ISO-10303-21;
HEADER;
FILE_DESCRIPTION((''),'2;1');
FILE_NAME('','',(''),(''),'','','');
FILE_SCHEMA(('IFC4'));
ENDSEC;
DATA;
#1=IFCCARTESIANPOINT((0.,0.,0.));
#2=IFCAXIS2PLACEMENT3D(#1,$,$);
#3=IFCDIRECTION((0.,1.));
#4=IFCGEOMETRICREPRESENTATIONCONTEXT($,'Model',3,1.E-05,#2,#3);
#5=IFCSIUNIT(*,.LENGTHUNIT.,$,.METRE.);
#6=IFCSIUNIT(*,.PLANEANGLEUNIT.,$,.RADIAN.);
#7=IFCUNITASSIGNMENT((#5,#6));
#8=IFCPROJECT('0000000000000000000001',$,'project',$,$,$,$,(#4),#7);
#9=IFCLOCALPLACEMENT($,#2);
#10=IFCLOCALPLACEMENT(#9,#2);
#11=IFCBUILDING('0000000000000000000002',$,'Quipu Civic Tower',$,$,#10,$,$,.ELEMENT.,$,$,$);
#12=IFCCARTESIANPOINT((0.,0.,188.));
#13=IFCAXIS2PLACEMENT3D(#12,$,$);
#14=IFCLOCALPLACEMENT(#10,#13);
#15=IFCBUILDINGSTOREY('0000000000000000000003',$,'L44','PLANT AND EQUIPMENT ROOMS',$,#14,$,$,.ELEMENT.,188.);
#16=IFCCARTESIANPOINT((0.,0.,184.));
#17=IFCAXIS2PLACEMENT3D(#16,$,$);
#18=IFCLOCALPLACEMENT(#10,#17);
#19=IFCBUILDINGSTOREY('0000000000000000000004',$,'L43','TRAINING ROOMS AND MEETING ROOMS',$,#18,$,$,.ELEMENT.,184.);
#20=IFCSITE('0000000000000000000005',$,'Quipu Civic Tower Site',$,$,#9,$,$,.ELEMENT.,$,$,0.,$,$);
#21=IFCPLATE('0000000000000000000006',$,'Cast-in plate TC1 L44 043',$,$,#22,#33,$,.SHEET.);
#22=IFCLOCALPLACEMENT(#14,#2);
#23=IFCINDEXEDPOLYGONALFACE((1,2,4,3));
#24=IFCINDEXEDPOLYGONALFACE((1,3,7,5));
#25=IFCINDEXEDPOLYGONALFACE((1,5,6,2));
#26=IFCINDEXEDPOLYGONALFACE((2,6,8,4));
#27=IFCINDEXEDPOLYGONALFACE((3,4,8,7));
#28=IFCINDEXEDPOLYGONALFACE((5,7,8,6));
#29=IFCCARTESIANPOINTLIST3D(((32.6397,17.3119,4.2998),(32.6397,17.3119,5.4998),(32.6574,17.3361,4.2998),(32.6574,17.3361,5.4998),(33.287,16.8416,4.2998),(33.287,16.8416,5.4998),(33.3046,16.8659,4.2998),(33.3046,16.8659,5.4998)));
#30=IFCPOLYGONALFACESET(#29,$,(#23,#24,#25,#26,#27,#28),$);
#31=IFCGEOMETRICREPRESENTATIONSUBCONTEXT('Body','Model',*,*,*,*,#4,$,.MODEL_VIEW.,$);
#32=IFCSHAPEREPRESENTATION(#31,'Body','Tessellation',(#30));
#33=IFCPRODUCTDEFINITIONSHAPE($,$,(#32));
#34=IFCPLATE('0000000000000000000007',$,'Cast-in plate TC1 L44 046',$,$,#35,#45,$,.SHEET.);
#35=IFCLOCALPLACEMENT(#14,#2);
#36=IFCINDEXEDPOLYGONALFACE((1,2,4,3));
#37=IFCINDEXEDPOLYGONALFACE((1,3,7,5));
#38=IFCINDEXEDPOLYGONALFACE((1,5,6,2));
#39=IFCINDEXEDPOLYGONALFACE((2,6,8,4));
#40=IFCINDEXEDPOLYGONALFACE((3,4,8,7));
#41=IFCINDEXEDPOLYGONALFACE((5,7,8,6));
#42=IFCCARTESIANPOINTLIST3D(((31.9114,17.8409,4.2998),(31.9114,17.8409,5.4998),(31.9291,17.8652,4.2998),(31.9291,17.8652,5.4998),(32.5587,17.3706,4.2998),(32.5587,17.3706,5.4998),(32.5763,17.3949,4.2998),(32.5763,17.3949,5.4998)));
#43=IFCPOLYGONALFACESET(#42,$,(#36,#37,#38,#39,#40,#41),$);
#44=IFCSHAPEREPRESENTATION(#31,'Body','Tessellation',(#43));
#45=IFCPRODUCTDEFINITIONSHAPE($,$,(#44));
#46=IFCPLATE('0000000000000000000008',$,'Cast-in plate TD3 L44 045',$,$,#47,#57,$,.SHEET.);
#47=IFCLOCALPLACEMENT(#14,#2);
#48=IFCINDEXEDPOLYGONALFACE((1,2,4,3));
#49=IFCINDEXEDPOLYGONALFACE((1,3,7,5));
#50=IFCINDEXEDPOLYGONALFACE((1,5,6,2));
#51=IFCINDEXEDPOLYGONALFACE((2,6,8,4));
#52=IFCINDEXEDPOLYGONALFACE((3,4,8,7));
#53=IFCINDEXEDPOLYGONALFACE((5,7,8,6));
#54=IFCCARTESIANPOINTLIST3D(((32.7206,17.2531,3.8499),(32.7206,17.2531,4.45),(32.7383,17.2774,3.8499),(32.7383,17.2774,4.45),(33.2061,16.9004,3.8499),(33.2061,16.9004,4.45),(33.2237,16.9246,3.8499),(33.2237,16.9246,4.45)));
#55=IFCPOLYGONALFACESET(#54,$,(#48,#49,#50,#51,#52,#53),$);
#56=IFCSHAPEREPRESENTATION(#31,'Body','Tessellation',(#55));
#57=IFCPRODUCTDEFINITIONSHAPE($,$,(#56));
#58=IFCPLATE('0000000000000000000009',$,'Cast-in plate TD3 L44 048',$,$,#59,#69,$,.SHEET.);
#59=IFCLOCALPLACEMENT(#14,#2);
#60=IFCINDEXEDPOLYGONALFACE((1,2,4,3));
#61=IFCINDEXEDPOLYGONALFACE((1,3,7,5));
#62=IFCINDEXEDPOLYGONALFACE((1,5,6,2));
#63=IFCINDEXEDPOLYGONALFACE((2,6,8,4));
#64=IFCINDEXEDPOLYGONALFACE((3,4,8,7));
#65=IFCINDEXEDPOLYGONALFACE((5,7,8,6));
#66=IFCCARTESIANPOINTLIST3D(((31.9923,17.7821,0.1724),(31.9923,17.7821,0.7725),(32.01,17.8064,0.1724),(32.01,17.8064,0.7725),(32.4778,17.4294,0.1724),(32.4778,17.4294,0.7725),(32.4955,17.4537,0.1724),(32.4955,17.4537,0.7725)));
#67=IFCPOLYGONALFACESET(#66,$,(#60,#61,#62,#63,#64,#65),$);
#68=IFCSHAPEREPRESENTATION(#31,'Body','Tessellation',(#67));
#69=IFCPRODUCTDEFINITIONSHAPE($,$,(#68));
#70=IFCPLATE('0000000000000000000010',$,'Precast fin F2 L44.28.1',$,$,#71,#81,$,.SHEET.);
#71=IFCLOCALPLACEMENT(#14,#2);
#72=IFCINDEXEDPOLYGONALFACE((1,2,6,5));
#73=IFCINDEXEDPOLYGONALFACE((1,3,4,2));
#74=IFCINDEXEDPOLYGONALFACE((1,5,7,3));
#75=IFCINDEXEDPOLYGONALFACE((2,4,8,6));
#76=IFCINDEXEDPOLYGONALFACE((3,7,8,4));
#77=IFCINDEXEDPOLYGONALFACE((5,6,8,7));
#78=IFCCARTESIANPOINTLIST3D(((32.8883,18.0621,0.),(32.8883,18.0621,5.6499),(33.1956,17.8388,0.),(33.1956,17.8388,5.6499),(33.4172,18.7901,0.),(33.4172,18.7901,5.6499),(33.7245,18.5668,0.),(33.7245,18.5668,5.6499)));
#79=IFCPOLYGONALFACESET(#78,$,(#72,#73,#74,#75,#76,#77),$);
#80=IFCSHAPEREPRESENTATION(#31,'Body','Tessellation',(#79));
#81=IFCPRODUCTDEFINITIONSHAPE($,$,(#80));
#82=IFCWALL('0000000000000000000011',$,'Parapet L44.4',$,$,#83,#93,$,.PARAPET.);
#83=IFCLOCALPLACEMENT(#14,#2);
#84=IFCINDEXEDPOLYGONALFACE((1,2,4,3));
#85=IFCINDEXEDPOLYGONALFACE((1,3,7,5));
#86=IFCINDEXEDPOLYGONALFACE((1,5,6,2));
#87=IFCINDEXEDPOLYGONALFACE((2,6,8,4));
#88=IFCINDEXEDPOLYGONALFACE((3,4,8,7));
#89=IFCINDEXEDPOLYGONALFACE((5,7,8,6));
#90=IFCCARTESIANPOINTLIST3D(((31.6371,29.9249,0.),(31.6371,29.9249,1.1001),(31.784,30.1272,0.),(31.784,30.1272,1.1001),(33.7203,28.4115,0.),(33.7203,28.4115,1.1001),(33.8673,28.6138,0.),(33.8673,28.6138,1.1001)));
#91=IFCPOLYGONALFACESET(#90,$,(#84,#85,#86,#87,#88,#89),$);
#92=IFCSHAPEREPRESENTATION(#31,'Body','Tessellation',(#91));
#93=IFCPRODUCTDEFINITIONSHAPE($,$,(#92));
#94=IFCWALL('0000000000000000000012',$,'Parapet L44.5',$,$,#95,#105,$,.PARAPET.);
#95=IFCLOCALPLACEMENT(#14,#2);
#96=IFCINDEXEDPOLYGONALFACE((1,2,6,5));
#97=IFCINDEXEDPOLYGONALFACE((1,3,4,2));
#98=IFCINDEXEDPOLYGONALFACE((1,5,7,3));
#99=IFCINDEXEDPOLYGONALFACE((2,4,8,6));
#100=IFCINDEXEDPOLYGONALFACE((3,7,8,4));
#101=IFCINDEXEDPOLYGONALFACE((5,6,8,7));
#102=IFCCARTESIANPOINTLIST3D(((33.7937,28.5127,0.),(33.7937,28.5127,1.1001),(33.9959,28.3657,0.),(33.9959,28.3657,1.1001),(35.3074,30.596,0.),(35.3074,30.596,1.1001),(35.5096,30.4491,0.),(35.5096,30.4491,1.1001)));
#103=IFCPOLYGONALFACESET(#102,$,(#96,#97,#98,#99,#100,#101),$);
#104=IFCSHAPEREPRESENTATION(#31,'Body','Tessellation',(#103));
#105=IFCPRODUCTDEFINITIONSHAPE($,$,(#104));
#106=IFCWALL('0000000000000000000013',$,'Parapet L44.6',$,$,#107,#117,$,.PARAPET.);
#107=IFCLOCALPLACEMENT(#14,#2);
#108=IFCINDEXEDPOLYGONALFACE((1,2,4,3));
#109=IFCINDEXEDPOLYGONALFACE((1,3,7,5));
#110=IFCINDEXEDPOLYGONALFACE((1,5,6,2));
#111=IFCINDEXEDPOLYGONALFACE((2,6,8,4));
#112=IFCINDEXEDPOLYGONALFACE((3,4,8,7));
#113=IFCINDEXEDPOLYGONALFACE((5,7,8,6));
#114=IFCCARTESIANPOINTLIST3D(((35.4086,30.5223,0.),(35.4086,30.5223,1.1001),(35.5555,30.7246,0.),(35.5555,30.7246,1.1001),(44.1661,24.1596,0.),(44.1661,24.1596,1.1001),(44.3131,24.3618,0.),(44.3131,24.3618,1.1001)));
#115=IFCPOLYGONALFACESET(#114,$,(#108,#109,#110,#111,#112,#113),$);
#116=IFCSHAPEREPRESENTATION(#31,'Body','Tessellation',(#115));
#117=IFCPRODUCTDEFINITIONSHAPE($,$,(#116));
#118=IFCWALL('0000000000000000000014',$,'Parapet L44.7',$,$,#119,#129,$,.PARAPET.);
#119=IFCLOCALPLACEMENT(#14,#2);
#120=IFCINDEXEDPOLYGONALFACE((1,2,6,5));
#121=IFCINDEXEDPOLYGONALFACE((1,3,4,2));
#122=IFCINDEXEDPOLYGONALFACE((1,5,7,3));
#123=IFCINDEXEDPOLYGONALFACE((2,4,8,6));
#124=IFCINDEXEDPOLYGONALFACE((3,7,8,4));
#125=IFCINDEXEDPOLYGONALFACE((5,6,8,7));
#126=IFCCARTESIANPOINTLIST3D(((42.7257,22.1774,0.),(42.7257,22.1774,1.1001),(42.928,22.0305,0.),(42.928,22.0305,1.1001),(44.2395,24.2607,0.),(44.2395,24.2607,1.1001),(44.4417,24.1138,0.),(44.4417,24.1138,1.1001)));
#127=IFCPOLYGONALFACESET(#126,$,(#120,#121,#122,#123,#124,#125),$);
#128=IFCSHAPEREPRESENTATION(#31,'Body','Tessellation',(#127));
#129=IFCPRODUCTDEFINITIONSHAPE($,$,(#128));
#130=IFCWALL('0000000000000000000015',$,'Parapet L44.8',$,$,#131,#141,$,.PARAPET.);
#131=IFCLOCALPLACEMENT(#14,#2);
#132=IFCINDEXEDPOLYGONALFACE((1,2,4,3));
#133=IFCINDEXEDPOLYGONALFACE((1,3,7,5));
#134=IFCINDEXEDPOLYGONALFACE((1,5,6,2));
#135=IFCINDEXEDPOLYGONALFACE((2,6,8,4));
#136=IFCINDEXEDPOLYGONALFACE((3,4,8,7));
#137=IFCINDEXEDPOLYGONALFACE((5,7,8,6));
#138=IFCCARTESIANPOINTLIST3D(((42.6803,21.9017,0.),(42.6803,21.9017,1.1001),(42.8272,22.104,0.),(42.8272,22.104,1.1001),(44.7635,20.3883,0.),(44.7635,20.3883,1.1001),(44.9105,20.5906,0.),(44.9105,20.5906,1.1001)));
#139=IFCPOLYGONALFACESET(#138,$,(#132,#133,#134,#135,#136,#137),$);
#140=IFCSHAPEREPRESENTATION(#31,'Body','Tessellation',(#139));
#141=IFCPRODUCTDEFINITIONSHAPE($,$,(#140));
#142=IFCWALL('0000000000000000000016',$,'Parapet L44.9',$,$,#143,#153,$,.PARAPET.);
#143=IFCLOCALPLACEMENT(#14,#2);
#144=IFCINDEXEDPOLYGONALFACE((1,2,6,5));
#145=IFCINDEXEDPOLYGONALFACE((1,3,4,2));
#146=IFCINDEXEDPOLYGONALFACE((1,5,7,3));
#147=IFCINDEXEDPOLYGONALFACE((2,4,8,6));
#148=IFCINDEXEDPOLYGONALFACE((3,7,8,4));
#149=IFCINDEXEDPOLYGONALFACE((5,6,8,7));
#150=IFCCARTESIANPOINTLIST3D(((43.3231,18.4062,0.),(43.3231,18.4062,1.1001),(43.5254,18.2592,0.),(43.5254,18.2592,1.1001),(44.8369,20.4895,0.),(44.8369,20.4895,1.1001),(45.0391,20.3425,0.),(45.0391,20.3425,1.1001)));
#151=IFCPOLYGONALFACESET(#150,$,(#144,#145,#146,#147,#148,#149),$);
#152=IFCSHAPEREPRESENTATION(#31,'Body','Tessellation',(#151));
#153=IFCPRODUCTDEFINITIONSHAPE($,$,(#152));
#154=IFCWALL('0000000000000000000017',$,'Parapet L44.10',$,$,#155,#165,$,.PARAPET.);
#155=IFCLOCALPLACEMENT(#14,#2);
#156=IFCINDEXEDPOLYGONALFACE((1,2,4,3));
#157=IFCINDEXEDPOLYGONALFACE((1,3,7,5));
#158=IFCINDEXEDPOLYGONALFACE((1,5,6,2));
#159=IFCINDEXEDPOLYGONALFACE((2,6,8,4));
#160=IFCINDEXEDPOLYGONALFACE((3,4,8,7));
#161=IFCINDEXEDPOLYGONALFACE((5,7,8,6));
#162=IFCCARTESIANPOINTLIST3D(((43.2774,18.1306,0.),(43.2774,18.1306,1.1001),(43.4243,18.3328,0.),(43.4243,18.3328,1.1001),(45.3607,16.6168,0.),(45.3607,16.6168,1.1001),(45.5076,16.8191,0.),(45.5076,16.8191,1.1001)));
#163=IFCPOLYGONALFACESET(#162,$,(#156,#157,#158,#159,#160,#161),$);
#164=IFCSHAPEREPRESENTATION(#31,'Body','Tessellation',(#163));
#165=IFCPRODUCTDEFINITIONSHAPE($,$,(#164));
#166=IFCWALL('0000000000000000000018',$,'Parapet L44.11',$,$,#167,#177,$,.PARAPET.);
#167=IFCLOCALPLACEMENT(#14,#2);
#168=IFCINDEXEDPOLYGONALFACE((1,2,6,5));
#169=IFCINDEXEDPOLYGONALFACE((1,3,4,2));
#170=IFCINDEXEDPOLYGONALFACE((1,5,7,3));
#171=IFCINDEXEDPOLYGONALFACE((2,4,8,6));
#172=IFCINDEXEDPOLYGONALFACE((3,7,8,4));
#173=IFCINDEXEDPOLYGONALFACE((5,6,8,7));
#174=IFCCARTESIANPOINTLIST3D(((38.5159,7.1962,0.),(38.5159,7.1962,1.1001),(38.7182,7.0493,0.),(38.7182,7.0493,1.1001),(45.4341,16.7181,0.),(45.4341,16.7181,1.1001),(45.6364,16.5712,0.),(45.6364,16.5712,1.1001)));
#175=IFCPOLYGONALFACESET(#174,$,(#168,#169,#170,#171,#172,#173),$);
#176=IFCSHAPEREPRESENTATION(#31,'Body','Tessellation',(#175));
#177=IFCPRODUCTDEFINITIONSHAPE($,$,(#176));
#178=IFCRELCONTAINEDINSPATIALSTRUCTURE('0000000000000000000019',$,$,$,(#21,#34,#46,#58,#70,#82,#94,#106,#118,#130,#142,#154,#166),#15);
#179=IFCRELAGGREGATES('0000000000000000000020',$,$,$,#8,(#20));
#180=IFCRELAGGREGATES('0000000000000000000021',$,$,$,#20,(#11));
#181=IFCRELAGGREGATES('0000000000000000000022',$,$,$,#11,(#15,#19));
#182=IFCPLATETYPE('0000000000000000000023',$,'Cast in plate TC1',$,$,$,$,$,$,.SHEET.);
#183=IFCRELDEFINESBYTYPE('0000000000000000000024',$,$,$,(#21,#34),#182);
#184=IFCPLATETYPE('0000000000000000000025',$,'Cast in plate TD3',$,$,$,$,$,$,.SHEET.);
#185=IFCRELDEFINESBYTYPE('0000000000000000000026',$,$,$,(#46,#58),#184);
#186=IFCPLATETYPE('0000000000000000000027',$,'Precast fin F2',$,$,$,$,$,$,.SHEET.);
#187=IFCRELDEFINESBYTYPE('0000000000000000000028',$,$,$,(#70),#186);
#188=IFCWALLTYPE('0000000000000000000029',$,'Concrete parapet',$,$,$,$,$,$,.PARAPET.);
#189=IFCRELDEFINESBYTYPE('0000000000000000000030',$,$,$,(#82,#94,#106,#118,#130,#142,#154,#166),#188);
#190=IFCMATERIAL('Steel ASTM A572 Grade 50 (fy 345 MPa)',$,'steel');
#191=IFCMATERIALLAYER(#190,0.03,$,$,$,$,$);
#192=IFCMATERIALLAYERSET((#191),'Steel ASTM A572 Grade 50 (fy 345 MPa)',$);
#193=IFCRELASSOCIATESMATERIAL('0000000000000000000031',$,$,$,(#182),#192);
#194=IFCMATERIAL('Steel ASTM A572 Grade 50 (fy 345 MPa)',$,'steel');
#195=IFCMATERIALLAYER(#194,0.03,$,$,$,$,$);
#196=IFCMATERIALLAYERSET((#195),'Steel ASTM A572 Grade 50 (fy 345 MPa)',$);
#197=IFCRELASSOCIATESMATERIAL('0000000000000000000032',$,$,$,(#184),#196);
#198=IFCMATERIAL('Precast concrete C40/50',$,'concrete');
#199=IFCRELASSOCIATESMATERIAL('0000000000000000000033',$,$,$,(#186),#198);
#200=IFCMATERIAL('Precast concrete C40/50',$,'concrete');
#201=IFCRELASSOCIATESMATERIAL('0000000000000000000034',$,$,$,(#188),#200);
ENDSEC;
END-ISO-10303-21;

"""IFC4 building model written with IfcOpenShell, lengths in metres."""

from ifc_helpers import new_model, si_unit, direction, frame, frame_2d, origin, origin_2d, place, context, subcontext, project, spatial, rectangle, extrude, material, layer, layer_set, type_object, element, save


model = new_model("IFC4")

# Units and contexts
model_context = context("Model", 3, precision=1e-05, world=origin(), true_north=direction((0.0, 1.0)))
body_context = subcontext(model_context, "Body", "Model", "MODEL_VIEW")
ifc_project = project(units=[si_unit("LENGTHUNIT", "METRE"), si_unit("PLANEANGLEUNIT", "RADIAN")], contexts=[model_context])

# Site, building, storey
site_placement = place(None, origin())
site = spatial("IfcSite", under=ifc_project, at=site_placement, Name="Quipu Civic Tower Site", CompositionType="ELEMENT", RefElevation=0.0)
building_placement = place(site_placement, origin())
building = spatial("IfcBuilding", under=site, at=building_placement, Name="Quipu Civic Tower", CompositionType="ELEMENT")
storey_1_placement = place(building_placement, frame((0.0, 0.0, 188.0)))
storey_1 = spatial("IfcBuildingStorey", under=building, at=storey_1_placement, Name="L44", Description="PLANT AND EQUIPMENT ROOMS", CompositionType="ELEMENT", Elevation=188.0)

# Shared definitions
storey_2_placement = place(building_placement, frame((0.0, 0.0, 184.0)))
storey_2 = spatial("IfcBuildingStorey", under=building, at=storey_2_placement, Name="L43", Description="TRAINING ROOMS AND MEETING ROOMS", CompositionType="ELEMENT", Elevation=184.0)

# Plates
ifc_material_1 = material(Name="Steel ASTM A572 Grade 50 (fy 345 MPa)", Category="steel")
ifc_layer_1 = layer(ifc_material_1, 0.03)
ifc_layer_set_1 = layer_set([ifc_layer_1], Name="Steel ASTM A572 Grade 50 (fy 345 MPa)")
plate_type_1 = type_object("IfcPlateType", Name="Cast in plate TC1", PredefinedType="SHEET", material=ifc_layer_set_1)
for number, where, z_axis, x_axis, name in (
    (1, (32.9722, 17.0889, 4.2998), (0.0, 0.0, 1.0), (0.809007, -0.587799, 0.0), "Cast-in plate TC1 L44 043"),
    (2, (32.2439, 17.6179, 4.2998), (0.0, 0.0, 1.0), (0.809007, -0.587799, 0.0), "Cast-in plate TC1 L44 046"),
):
    element("IfcPlate", number, at=place(storey_1_placement, frame(where, z_axis=z_axis, x_axis=x_axis)), inside=storey_1, type_object=plate_type_1, Name=name, PredefinedType="SHEET", context=body_context, shape_type="SweptSolid", body=[
        extrude(rectangle(XDim=0.8, YDim=0.03, at=origin_2d()), origin(), (0.0, 0.0, 1.0), 1.2),
    ])
ifc_material_2 = material(Name="Steel ASTM A572 Grade 50 (fy 345 MPa)", Category="steel")
ifc_layer_2 = layer(ifc_material_2, 0.03)
ifc_layer_set_2 = layer_set([ifc_layer_2], Name="Steel ASTM A572 Grade 50 (fy 345 MPa)")
plate_type_2 = type_object("IfcPlateType", Name="Cast in plate TD3", PredefinedType="SHEET", material=ifc_layer_set_2)
for number, where, z_axis, x_axis, name in (
    (3, (32.9722, 17.0889, 3.8499), (0.0, 0.0, 1.0), (0.809007, -0.587799, 0.0), "Cast-in plate TD3 L44 045"),
    (4, (32.2439, 17.6179, 0.1724), (0.0, 0.0, 1.0), (0.809007, -0.587799, 0.0), "Cast-in plate TD3 L44 048"),
):
    element("IfcPlate", number, at=place(storey_1_placement, frame(where, z_axis=z_axis, x_axis=x_axis)), inside=storey_1, type_object=plate_type_2, Name=name, PredefinedType="SHEET", context=body_context, shape_type="SweptSolid", body=[
        extrude(rectangle(XDim=0.6001, YDim=0.03, at=origin_2d()), origin(), (0.0, 0.0, 1.0), 0.6001),
    ])
ifc_material_3 = material(Name="Precast concrete C40/50", Category="concrete")
plate_type_3 = type_object("IfcPlateType", Name="Precast fin F2", PredefinedType="SHEET", material=ifc_material_3)
plate_placement = place(storey_1_placement, frame((33.3064, 18.3145, 0.0), z_axis=(0.0, 0.0, 1.0), x_axis=(-0.809017, 0.587785, 0.0)))
element("IfcPlate", 5, at=plate_placement, inside=storey_1, type_object=plate_type_3, Name="Precast fin F2 L44.28.1", PredefinedType="SHEET", context=body_context, shape_type="SweptSolid", body=[
    extrude(rectangle(XDim=0.3799, YDim=0.8999, at=origin_2d()), origin(), (0.0, 0.0, 1.0), 5.6499),
])

# Walls
ifc_material_4 = material(Name="Precast concrete C40/50", Category="concrete")
wall_type_1 = type_object("IfcWallType", Name="Concrete parapet", PredefinedType="PARAPET", material=ifc_material_4)
wall_1_placement = place(storey_1_placement, frame((31.7104, 30.0261, 0.0), z_axis=(0.0, 0.0, 1.0), x_axis=(0.809043, -0.587749, 0.0)))
element("IfcWall", 6, at=wall_1_placement, inside=storey_1, type_object=wall_type_1, Name="Parapet L44.4", PredefinedType="PARAPET", context=body_context, shape_type="SweptSolid", body=[
    extrude(rectangle(XDim=2.575, YDim=0.25, at=frame_2d((1.2876, 0.0))), origin(), (0.0, 0.0, 1.0), 1.1001),
])
wall_2_placement = place(storey_1_placement, frame((33.8948, 28.4392, 0.0), z_axis=(0.0, 0.0, 1.0), x_axis=(0.587811, 0.808998, 0.0)))
element("IfcWall", 7, at=wall_2_placement, inside=storey_1, type_object=wall_type_1, Name="Parapet L44.5", PredefinedType="PARAPET", context=body_context, shape_type="SweptSolid", body=[
    extrude(rectangle(XDim=2.5752, YDim=0.25, at=frame_2d((1.2876, 0.0))), origin(), (0.0, 0.0, 1.0), 1.1001),
])
wall_3_placement = place(storey_1_placement, frame((35.4819, 30.6235, 0.0), z_axis=(0.0, 0.0, 1.0), x_axis=(0.809015, -0.587788, 0.0)))
element("IfcWall", 8, at=wall_3_placement, inside=storey_1, type_object=wall_type_1, Name="Parapet L44.6", PredefinedType="PARAPET", context=body_context, shape_type="SweptSolid", body=[
    extrude(rectangle(XDim=10.825, YDim=0.25, at=frame_2d((5.4126, 0.0))), origin(), (0.0, 0.0, 1.0), 1.1001),
])
wall_4_placement = place(storey_1_placement, frame((44.3406, 24.1873, 0.0), z_axis=(0.0, 0.0, 1.0), x_axis=(-0.587811, -0.808998, 0.0)))
element("IfcWall", 9, at=wall_4_placement, inside=storey_1, type_object=wall_type_1, Name="Parapet L44.7", PredefinedType="PARAPET", context=body_context, shape_type="SweptSolid", body=[
    extrude(rectangle(XDim=2.5752, YDim=0.25, at=frame_2d((1.2876, 0.0))), origin(), (0.0, 0.0, 1.0), 1.1001),
])
wall_5_placement = place(storey_1_placement, frame((42.7537, 22.0029, 0.0), z_axis=(0.0, 0.0, 1.0), x_axis=(0.809043, -0.587749, 0.0)))
element("IfcWall", 10, at=wall_5_placement, inside=storey_1, type_object=wall_type_1, Name="Parapet L44.8", PredefinedType="PARAPET", context=body_context, shape_type="SweptSolid", body=[
    extrude(rectangle(XDim=2.575, YDim=0.25, at=frame_2d((1.2876, 0.0))), origin(), (0.0, 0.0, 1.0), 1.1001),
])
for number, where, z_axis, x_axis, name in (
    (11, (44.938, 20.416, 0.0), (0.0, 0.0, 1.0), (-0.587811, -0.808998, 0.0), "Parapet L44.9"),
    (12, (43.3508, 18.2317, 0.0), (0.0, 0.0, 1.0), (0.808998, -0.587811, 0.0), "Parapet L44.10"),
):
    element("IfcWall", number, at=place(storey_1_placement, frame(where, z_axis=z_axis, x_axis=x_axis)), inside=storey_1, type_object=wall_type_1, Name=name, PredefinedType="PARAPET", context=body_context, shape_type="SweptSolid", body=[
        extrude(rectangle(XDim=2.5752, YDim=0.25, at=frame_2d((1.2876, 0.0))), origin(), (0.0, 0.0, 1.0), 1.1001),
    ])
wall_6_placement = place(storey_1_placement, frame((45.5352, 16.6445, 0.0), z_axis=(0.0, 0.0, 1.0), x_axis=(-0.587791, -0.809013, 0.0)))
element("IfcWall", 13, at=wall_6_placement, inside=storey_1, type_object=wall_type_1, Name="Parapet L44.11", PredefinedType="PARAPET", context=body_context, shape_type="SweptSolid", body=[
    extrude(rectangle(XDim=11.7698, YDim=0.25, at=frame_2d((5.8848, 0.0))), origin(), (0.0, 0.0, 1.0), 1.1001),
])

save(model, "model.ifc")
